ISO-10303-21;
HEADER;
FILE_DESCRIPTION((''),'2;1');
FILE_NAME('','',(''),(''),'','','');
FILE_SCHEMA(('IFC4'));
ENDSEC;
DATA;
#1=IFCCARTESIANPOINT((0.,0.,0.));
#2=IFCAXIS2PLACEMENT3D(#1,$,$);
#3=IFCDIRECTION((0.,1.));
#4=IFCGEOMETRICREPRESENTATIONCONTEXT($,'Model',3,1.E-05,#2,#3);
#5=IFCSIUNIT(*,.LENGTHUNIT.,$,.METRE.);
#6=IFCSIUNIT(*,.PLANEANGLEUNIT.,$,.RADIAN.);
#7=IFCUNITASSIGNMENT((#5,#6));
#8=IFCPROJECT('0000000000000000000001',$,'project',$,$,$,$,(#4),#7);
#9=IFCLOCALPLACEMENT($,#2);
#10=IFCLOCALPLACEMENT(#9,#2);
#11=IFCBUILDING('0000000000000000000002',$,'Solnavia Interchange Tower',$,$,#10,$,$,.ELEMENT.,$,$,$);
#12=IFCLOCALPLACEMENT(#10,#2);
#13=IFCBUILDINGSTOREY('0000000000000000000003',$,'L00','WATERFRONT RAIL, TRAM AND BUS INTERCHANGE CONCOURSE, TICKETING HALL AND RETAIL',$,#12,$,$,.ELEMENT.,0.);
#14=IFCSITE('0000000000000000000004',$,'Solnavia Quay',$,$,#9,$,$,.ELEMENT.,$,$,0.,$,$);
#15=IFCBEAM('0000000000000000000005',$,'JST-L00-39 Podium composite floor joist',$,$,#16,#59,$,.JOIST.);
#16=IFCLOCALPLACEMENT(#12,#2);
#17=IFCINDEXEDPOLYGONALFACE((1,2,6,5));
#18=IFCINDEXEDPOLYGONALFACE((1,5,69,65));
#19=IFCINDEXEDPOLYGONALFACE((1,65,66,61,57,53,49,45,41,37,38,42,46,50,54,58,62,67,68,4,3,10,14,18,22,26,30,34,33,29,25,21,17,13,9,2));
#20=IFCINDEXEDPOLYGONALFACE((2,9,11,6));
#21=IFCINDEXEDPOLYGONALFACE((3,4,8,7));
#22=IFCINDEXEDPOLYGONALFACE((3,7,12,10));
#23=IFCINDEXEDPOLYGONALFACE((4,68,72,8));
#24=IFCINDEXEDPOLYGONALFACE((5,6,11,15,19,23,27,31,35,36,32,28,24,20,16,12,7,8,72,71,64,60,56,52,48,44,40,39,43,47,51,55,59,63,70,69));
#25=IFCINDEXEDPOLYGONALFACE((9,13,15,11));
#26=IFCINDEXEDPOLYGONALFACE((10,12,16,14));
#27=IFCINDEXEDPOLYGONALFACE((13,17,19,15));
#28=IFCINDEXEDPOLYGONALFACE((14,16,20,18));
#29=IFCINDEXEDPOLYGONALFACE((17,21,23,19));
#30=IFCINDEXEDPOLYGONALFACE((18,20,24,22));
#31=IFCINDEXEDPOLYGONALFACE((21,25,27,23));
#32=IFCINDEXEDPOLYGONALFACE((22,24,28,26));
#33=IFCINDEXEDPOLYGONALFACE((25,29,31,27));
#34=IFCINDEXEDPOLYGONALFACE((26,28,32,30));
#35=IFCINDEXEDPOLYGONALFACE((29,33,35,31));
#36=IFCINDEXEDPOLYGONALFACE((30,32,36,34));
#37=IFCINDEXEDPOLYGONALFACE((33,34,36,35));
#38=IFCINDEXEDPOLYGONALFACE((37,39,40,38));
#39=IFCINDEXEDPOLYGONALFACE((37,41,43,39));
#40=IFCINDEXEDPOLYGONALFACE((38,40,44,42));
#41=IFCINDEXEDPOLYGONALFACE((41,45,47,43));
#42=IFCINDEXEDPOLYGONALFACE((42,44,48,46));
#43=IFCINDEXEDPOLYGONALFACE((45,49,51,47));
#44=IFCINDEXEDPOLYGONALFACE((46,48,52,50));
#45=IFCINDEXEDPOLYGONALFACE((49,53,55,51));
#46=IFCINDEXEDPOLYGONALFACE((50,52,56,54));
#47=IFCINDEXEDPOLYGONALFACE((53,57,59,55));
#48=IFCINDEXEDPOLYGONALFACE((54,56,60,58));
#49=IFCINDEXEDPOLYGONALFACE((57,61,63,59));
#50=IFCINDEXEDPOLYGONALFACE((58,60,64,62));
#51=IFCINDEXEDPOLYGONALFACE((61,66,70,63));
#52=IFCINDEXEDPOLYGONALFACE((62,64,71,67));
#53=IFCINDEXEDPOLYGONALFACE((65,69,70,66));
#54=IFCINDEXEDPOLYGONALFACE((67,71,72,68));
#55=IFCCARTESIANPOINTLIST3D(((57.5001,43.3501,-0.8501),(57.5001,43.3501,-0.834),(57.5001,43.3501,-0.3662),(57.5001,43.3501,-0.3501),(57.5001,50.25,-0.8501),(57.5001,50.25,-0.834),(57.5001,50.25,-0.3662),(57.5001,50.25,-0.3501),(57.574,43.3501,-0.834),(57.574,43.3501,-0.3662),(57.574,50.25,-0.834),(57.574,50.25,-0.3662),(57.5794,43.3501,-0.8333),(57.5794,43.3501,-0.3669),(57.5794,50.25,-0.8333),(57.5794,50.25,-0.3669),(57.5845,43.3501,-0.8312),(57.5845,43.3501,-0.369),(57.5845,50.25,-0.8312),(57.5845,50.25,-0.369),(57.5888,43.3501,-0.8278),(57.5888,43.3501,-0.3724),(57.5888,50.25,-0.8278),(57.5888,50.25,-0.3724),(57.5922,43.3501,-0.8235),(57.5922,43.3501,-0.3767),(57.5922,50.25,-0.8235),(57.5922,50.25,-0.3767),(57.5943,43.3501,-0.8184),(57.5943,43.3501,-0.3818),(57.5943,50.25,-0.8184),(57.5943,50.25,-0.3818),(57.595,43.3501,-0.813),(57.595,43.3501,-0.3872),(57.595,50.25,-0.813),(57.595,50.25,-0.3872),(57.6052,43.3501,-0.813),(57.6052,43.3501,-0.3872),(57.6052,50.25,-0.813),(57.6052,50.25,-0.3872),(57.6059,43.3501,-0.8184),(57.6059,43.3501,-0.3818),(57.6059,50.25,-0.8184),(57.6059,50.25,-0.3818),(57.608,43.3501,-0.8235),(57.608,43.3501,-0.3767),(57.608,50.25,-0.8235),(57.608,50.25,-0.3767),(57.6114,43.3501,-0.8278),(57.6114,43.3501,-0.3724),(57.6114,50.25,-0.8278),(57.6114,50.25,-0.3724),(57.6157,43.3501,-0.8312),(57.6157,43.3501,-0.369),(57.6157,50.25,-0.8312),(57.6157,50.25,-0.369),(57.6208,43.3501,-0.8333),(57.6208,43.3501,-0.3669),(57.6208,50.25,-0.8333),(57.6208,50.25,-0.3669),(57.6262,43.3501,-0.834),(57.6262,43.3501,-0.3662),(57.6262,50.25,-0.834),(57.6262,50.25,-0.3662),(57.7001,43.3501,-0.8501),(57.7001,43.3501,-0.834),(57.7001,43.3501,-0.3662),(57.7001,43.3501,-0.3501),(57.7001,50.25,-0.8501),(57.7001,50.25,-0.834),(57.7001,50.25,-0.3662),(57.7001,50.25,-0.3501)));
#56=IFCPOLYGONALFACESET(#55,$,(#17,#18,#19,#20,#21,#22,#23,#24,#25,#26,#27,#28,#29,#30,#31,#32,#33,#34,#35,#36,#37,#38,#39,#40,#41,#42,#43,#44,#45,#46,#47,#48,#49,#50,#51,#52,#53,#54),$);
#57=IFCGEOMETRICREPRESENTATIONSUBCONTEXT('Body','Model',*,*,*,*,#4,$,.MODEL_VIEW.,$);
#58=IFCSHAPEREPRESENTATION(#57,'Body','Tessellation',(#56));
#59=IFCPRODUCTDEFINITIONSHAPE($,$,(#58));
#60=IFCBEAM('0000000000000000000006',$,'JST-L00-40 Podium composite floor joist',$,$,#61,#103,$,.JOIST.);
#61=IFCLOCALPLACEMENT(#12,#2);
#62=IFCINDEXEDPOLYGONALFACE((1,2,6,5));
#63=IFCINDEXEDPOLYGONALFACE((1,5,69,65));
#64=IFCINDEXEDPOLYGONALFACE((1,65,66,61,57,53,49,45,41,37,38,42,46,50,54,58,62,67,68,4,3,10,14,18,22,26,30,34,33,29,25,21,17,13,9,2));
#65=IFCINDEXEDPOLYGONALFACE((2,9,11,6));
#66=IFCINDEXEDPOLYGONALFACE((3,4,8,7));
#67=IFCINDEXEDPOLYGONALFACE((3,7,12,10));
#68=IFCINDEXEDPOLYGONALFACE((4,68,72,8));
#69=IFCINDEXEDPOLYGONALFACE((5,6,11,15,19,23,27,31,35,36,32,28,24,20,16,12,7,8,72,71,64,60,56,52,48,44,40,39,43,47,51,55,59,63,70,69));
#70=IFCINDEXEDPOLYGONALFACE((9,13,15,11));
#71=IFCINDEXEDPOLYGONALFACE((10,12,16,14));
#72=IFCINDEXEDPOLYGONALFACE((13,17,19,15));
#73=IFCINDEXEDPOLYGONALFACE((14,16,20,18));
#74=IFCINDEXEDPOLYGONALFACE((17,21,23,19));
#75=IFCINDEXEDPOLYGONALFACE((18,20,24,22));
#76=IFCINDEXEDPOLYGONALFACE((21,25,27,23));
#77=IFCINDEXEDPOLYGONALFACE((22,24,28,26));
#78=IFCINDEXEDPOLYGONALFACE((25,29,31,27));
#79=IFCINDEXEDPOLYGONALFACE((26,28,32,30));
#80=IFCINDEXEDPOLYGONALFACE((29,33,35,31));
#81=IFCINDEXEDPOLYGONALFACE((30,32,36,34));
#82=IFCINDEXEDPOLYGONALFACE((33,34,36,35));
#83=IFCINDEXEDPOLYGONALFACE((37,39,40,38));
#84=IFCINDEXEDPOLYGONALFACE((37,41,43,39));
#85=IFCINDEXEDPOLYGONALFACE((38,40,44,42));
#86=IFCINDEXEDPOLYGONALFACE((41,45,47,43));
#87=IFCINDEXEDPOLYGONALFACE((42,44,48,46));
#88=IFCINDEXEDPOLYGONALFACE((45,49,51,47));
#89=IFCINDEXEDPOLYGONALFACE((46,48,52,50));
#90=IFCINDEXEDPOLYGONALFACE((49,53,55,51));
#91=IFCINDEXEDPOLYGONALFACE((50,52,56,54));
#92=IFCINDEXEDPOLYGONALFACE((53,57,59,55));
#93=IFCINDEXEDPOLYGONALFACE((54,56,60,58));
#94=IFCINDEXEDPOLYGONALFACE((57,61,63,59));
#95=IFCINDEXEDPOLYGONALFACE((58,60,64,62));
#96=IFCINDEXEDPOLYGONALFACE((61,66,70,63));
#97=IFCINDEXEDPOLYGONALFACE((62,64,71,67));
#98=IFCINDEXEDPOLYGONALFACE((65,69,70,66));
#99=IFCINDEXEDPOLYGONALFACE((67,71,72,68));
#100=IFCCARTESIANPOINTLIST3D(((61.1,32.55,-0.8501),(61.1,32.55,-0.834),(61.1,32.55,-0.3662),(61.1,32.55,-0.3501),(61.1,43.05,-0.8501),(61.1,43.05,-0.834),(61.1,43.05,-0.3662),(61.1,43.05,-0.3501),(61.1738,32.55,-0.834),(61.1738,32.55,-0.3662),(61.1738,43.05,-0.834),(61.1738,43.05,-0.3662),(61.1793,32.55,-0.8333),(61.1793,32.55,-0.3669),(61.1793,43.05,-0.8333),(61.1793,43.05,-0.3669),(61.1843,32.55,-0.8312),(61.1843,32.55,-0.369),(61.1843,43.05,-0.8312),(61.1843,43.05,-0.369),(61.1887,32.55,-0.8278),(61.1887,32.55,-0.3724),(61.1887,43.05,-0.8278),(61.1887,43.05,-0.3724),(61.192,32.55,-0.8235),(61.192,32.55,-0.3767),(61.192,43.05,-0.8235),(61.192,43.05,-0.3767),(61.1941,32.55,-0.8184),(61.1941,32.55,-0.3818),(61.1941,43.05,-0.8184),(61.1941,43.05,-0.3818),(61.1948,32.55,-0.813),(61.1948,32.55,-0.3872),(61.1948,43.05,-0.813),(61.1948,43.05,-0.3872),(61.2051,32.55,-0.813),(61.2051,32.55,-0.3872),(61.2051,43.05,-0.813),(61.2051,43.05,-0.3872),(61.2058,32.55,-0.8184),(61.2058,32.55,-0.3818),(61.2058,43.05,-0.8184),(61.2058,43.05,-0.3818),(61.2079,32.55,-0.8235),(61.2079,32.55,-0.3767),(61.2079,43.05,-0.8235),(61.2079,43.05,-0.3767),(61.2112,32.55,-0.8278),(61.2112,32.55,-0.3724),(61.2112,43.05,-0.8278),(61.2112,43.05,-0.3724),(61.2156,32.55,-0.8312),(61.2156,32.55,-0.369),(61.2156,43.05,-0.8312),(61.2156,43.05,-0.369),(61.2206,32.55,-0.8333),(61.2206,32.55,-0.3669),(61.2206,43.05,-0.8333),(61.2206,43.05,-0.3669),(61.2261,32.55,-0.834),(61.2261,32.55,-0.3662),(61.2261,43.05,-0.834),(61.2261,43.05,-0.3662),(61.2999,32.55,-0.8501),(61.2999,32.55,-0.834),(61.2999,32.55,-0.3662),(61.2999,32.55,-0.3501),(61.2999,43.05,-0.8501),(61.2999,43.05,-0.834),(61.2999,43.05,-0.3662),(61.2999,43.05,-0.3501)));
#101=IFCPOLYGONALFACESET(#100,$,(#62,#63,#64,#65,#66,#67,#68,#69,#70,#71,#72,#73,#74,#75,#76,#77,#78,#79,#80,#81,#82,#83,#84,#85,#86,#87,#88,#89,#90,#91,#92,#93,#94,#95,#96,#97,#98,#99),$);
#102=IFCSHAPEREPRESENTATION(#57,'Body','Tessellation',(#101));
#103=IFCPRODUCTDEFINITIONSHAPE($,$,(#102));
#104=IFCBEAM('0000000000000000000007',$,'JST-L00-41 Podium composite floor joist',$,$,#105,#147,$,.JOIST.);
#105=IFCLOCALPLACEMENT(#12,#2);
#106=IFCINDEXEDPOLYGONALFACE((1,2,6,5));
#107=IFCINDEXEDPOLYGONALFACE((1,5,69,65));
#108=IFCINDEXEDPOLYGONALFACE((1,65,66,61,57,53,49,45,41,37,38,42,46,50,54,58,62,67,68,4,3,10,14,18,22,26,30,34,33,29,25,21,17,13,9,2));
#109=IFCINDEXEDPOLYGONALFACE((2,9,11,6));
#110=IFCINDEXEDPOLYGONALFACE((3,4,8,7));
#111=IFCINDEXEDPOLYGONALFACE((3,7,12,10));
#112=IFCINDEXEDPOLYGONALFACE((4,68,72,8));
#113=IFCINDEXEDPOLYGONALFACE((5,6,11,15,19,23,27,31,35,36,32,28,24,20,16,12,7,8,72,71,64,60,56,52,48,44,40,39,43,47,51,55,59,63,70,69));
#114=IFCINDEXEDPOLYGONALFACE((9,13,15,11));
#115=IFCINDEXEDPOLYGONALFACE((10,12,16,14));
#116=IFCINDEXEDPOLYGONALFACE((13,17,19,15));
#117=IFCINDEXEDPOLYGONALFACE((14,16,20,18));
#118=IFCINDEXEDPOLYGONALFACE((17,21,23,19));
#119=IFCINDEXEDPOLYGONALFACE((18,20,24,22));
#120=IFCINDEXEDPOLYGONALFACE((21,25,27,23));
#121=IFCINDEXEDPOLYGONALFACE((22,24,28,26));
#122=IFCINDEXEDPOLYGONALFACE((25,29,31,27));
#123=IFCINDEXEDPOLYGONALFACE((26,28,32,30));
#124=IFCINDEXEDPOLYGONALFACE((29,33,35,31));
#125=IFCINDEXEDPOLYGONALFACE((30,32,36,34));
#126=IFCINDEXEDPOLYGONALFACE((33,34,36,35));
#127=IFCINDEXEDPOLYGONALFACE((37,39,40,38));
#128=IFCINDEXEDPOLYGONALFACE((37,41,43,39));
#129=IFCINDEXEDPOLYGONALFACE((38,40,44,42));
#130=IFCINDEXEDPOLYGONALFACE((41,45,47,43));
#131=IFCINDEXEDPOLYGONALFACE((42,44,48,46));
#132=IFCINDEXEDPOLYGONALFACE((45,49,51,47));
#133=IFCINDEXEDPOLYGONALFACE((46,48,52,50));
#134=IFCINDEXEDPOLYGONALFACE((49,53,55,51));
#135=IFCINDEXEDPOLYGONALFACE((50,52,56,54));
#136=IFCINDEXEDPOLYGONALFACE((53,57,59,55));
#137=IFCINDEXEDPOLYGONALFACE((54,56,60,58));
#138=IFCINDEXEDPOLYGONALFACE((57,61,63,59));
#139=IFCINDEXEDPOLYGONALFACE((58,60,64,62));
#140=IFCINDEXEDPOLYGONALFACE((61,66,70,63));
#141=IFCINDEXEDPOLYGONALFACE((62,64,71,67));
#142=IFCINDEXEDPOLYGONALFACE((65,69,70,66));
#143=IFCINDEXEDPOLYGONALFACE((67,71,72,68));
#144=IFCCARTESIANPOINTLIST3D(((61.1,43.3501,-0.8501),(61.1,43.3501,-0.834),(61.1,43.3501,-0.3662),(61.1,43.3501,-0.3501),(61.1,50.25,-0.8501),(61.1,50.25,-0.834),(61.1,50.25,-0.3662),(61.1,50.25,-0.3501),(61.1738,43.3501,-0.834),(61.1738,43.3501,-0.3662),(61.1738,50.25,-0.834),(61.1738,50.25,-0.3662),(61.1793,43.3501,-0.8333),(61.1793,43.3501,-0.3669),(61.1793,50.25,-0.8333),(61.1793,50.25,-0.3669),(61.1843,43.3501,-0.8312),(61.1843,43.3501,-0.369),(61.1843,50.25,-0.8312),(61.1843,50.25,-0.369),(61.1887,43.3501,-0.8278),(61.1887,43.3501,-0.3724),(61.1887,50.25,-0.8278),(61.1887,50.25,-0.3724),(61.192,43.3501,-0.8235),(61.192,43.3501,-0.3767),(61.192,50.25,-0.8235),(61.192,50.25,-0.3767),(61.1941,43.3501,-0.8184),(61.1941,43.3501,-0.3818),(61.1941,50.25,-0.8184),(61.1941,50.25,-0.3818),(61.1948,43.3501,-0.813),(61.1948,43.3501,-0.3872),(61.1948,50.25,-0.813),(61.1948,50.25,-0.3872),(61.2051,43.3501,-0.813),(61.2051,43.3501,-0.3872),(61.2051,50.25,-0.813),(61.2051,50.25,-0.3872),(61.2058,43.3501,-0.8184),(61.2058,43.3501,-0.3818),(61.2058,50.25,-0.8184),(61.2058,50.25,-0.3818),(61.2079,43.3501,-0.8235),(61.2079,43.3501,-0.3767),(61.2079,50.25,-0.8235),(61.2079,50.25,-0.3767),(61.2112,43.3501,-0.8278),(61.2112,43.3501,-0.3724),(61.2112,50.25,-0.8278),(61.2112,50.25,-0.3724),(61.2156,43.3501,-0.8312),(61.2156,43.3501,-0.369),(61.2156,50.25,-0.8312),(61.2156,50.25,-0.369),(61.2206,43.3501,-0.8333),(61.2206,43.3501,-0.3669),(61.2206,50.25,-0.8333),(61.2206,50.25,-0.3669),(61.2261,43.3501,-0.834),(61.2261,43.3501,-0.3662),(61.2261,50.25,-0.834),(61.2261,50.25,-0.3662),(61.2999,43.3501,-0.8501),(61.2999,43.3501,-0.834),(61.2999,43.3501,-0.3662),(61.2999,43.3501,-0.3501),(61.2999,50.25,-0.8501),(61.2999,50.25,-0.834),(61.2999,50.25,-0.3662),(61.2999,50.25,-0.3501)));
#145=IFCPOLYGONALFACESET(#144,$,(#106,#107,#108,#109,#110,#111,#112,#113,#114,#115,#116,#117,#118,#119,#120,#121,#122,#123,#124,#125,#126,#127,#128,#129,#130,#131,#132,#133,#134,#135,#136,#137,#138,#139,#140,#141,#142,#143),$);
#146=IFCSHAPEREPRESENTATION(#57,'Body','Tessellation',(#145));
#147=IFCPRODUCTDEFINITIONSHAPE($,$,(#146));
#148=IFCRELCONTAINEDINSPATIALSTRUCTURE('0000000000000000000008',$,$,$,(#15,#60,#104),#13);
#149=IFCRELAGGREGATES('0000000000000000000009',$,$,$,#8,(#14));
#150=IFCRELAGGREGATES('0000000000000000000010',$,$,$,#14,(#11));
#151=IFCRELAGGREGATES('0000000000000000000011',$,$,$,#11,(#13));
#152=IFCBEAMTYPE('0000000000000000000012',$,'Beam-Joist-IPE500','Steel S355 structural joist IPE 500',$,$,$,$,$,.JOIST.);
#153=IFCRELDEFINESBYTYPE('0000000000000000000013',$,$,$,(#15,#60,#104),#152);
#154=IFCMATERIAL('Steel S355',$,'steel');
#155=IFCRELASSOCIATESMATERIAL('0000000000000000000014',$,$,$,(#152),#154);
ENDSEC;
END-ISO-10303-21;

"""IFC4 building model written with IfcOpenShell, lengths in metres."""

from ifc_helpers import new_model, si_unit, direction, frame, origin, origin_2d, place, context, subcontext, project, spatial, i_section, extrude, material, material_profile, profile_set, type_object, element, save


model = new_model("IFC4")

# Units and contexts
model_context = context("Model", 3, precision=1e-05, world=origin(), true_north=direction((0.0, 1.0)))
body_context = subcontext(model_context, "Body", "Model", "MODEL_VIEW")
ifc_project = project(units=[si_unit("LENGTHUNIT", "METRE"), si_unit("PLANEANGLEUNIT", "RADIAN")], contexts=[model_context])

# Site, building, storey
site_placement = place(None, origin())
site = spatial("IfcSite", under=ifc_project, at=site_placement, Name="Solnavia Quay", CompositionType="ELEMENT", RefElevation=0.0)
building_placement = place(site_placement, origin())
building = spatial("IfcBuilding", under=site, at=building_placement, Name="Solnavia Interchange Tower", CompositionType="ELEMENT")
storey_placement = place(building_placement, origin())
storey = spatial("IfcBuildingStorey", under=building, at=storey_placement, Name="L00", Description="WATERFRONT RAIL, TRAM AND BUS INTERCHANGE CONCOURSE, TICKETING HALL AND RETAIL", CompositionType="ELEMENT", Elevation=0.0)

# Beams
ifc_material_1 = material(Name="Steel S355", Category="steel")
ifc_material_profile_1 = material_profile(ifc_material_1, i_section(OverallWidth=0.2, OverallDepth=0.5, WebThickness=0.0103, FlangeThickness=0.0161, FilletRadius=0.021, at=origin_2d()), Name="IPE 500")
ifc_profile_set_1 = profile_set([ifc_material_profile_1], Name="Steel S355")
beam_type_1 = type_object("IfcBeamType", Name="Beam-Joist-IPE500", Description="Steel S355 structural joist IPE 500", PredefinedType="JOIST", material=ifc_profile_set_1)
beam_1_placement = place(storey_placement, frame((57.6001, 43.3501, -0.6001), z_axis=(0.0, 1.0, 0.0), x_axis=(-1.0, 0.0, 0.0)))
element("IfcBeam", 1, at=beam_1_placement, inside=storey, type_object=beam_type_1, Name="JST-L00-39 Podium composite floor joist", PredefinedType="JOIST", context=body_context, shape_type="SweptSolid", body=[
    extrude(i_section(OverallWidth=0.2, OverallDepth=0.5, WebThickness=0.0103, FlangeThickness=0.0161, FilletRadius=0.021, at=origin_2d()), origin(), (0.0, 0.0, 1.0), 6.8999),
])
beam_2_placement = place(storey_placement, frame((61.2, 32.55, -0.6001), z_axis=(0.0, 1.0, 0.0), x_axis=(-1.0, 0.0, 0.0)))
element("IfcBeam", 2, at=beam_2_placement, inside=storey, type_object=beam_type_1, Name="JST-L00-40 Podium composite floor joist", PredefinedType="JOIST", context=body_context, shape_type="SweptSolid", body=[
    extrude(i_section(OverallWidth=0.2, OverallDepth=0.5, WebThickness=0.0103, FlangeThickness=0.0161, FilletRadius=0.021, at=origin_2d()), origin(), (0.0, 0.0, 1.0), 10.5),
])
beam_3_placement = place(storey_placement, frame((61.2, 43.3501, -0.6001), z_axis=(0.0, 1.0, 0.0), x_axis=(-1.0, 0.0, 0.0)))
element("IfcBeam", 3, at=beam_3_placement, inside=storey, type_object=beam_type_1, Name="JST-L00-41 Podium composite floor joist", PredefinedType="JOIST", context=body_context, shape_type="SweptSolid", body=[
    extrude(i_section(OverallWidth=0.2, OverallDepth=0.5, WebThickness=0.0103, FlangeThickness=0.0161, FilletRadius=0.021, at=origin_2d()), origin(), (0.0, 0.0, 1.0), 6.8999),
])

save(model, "model.ifc")
